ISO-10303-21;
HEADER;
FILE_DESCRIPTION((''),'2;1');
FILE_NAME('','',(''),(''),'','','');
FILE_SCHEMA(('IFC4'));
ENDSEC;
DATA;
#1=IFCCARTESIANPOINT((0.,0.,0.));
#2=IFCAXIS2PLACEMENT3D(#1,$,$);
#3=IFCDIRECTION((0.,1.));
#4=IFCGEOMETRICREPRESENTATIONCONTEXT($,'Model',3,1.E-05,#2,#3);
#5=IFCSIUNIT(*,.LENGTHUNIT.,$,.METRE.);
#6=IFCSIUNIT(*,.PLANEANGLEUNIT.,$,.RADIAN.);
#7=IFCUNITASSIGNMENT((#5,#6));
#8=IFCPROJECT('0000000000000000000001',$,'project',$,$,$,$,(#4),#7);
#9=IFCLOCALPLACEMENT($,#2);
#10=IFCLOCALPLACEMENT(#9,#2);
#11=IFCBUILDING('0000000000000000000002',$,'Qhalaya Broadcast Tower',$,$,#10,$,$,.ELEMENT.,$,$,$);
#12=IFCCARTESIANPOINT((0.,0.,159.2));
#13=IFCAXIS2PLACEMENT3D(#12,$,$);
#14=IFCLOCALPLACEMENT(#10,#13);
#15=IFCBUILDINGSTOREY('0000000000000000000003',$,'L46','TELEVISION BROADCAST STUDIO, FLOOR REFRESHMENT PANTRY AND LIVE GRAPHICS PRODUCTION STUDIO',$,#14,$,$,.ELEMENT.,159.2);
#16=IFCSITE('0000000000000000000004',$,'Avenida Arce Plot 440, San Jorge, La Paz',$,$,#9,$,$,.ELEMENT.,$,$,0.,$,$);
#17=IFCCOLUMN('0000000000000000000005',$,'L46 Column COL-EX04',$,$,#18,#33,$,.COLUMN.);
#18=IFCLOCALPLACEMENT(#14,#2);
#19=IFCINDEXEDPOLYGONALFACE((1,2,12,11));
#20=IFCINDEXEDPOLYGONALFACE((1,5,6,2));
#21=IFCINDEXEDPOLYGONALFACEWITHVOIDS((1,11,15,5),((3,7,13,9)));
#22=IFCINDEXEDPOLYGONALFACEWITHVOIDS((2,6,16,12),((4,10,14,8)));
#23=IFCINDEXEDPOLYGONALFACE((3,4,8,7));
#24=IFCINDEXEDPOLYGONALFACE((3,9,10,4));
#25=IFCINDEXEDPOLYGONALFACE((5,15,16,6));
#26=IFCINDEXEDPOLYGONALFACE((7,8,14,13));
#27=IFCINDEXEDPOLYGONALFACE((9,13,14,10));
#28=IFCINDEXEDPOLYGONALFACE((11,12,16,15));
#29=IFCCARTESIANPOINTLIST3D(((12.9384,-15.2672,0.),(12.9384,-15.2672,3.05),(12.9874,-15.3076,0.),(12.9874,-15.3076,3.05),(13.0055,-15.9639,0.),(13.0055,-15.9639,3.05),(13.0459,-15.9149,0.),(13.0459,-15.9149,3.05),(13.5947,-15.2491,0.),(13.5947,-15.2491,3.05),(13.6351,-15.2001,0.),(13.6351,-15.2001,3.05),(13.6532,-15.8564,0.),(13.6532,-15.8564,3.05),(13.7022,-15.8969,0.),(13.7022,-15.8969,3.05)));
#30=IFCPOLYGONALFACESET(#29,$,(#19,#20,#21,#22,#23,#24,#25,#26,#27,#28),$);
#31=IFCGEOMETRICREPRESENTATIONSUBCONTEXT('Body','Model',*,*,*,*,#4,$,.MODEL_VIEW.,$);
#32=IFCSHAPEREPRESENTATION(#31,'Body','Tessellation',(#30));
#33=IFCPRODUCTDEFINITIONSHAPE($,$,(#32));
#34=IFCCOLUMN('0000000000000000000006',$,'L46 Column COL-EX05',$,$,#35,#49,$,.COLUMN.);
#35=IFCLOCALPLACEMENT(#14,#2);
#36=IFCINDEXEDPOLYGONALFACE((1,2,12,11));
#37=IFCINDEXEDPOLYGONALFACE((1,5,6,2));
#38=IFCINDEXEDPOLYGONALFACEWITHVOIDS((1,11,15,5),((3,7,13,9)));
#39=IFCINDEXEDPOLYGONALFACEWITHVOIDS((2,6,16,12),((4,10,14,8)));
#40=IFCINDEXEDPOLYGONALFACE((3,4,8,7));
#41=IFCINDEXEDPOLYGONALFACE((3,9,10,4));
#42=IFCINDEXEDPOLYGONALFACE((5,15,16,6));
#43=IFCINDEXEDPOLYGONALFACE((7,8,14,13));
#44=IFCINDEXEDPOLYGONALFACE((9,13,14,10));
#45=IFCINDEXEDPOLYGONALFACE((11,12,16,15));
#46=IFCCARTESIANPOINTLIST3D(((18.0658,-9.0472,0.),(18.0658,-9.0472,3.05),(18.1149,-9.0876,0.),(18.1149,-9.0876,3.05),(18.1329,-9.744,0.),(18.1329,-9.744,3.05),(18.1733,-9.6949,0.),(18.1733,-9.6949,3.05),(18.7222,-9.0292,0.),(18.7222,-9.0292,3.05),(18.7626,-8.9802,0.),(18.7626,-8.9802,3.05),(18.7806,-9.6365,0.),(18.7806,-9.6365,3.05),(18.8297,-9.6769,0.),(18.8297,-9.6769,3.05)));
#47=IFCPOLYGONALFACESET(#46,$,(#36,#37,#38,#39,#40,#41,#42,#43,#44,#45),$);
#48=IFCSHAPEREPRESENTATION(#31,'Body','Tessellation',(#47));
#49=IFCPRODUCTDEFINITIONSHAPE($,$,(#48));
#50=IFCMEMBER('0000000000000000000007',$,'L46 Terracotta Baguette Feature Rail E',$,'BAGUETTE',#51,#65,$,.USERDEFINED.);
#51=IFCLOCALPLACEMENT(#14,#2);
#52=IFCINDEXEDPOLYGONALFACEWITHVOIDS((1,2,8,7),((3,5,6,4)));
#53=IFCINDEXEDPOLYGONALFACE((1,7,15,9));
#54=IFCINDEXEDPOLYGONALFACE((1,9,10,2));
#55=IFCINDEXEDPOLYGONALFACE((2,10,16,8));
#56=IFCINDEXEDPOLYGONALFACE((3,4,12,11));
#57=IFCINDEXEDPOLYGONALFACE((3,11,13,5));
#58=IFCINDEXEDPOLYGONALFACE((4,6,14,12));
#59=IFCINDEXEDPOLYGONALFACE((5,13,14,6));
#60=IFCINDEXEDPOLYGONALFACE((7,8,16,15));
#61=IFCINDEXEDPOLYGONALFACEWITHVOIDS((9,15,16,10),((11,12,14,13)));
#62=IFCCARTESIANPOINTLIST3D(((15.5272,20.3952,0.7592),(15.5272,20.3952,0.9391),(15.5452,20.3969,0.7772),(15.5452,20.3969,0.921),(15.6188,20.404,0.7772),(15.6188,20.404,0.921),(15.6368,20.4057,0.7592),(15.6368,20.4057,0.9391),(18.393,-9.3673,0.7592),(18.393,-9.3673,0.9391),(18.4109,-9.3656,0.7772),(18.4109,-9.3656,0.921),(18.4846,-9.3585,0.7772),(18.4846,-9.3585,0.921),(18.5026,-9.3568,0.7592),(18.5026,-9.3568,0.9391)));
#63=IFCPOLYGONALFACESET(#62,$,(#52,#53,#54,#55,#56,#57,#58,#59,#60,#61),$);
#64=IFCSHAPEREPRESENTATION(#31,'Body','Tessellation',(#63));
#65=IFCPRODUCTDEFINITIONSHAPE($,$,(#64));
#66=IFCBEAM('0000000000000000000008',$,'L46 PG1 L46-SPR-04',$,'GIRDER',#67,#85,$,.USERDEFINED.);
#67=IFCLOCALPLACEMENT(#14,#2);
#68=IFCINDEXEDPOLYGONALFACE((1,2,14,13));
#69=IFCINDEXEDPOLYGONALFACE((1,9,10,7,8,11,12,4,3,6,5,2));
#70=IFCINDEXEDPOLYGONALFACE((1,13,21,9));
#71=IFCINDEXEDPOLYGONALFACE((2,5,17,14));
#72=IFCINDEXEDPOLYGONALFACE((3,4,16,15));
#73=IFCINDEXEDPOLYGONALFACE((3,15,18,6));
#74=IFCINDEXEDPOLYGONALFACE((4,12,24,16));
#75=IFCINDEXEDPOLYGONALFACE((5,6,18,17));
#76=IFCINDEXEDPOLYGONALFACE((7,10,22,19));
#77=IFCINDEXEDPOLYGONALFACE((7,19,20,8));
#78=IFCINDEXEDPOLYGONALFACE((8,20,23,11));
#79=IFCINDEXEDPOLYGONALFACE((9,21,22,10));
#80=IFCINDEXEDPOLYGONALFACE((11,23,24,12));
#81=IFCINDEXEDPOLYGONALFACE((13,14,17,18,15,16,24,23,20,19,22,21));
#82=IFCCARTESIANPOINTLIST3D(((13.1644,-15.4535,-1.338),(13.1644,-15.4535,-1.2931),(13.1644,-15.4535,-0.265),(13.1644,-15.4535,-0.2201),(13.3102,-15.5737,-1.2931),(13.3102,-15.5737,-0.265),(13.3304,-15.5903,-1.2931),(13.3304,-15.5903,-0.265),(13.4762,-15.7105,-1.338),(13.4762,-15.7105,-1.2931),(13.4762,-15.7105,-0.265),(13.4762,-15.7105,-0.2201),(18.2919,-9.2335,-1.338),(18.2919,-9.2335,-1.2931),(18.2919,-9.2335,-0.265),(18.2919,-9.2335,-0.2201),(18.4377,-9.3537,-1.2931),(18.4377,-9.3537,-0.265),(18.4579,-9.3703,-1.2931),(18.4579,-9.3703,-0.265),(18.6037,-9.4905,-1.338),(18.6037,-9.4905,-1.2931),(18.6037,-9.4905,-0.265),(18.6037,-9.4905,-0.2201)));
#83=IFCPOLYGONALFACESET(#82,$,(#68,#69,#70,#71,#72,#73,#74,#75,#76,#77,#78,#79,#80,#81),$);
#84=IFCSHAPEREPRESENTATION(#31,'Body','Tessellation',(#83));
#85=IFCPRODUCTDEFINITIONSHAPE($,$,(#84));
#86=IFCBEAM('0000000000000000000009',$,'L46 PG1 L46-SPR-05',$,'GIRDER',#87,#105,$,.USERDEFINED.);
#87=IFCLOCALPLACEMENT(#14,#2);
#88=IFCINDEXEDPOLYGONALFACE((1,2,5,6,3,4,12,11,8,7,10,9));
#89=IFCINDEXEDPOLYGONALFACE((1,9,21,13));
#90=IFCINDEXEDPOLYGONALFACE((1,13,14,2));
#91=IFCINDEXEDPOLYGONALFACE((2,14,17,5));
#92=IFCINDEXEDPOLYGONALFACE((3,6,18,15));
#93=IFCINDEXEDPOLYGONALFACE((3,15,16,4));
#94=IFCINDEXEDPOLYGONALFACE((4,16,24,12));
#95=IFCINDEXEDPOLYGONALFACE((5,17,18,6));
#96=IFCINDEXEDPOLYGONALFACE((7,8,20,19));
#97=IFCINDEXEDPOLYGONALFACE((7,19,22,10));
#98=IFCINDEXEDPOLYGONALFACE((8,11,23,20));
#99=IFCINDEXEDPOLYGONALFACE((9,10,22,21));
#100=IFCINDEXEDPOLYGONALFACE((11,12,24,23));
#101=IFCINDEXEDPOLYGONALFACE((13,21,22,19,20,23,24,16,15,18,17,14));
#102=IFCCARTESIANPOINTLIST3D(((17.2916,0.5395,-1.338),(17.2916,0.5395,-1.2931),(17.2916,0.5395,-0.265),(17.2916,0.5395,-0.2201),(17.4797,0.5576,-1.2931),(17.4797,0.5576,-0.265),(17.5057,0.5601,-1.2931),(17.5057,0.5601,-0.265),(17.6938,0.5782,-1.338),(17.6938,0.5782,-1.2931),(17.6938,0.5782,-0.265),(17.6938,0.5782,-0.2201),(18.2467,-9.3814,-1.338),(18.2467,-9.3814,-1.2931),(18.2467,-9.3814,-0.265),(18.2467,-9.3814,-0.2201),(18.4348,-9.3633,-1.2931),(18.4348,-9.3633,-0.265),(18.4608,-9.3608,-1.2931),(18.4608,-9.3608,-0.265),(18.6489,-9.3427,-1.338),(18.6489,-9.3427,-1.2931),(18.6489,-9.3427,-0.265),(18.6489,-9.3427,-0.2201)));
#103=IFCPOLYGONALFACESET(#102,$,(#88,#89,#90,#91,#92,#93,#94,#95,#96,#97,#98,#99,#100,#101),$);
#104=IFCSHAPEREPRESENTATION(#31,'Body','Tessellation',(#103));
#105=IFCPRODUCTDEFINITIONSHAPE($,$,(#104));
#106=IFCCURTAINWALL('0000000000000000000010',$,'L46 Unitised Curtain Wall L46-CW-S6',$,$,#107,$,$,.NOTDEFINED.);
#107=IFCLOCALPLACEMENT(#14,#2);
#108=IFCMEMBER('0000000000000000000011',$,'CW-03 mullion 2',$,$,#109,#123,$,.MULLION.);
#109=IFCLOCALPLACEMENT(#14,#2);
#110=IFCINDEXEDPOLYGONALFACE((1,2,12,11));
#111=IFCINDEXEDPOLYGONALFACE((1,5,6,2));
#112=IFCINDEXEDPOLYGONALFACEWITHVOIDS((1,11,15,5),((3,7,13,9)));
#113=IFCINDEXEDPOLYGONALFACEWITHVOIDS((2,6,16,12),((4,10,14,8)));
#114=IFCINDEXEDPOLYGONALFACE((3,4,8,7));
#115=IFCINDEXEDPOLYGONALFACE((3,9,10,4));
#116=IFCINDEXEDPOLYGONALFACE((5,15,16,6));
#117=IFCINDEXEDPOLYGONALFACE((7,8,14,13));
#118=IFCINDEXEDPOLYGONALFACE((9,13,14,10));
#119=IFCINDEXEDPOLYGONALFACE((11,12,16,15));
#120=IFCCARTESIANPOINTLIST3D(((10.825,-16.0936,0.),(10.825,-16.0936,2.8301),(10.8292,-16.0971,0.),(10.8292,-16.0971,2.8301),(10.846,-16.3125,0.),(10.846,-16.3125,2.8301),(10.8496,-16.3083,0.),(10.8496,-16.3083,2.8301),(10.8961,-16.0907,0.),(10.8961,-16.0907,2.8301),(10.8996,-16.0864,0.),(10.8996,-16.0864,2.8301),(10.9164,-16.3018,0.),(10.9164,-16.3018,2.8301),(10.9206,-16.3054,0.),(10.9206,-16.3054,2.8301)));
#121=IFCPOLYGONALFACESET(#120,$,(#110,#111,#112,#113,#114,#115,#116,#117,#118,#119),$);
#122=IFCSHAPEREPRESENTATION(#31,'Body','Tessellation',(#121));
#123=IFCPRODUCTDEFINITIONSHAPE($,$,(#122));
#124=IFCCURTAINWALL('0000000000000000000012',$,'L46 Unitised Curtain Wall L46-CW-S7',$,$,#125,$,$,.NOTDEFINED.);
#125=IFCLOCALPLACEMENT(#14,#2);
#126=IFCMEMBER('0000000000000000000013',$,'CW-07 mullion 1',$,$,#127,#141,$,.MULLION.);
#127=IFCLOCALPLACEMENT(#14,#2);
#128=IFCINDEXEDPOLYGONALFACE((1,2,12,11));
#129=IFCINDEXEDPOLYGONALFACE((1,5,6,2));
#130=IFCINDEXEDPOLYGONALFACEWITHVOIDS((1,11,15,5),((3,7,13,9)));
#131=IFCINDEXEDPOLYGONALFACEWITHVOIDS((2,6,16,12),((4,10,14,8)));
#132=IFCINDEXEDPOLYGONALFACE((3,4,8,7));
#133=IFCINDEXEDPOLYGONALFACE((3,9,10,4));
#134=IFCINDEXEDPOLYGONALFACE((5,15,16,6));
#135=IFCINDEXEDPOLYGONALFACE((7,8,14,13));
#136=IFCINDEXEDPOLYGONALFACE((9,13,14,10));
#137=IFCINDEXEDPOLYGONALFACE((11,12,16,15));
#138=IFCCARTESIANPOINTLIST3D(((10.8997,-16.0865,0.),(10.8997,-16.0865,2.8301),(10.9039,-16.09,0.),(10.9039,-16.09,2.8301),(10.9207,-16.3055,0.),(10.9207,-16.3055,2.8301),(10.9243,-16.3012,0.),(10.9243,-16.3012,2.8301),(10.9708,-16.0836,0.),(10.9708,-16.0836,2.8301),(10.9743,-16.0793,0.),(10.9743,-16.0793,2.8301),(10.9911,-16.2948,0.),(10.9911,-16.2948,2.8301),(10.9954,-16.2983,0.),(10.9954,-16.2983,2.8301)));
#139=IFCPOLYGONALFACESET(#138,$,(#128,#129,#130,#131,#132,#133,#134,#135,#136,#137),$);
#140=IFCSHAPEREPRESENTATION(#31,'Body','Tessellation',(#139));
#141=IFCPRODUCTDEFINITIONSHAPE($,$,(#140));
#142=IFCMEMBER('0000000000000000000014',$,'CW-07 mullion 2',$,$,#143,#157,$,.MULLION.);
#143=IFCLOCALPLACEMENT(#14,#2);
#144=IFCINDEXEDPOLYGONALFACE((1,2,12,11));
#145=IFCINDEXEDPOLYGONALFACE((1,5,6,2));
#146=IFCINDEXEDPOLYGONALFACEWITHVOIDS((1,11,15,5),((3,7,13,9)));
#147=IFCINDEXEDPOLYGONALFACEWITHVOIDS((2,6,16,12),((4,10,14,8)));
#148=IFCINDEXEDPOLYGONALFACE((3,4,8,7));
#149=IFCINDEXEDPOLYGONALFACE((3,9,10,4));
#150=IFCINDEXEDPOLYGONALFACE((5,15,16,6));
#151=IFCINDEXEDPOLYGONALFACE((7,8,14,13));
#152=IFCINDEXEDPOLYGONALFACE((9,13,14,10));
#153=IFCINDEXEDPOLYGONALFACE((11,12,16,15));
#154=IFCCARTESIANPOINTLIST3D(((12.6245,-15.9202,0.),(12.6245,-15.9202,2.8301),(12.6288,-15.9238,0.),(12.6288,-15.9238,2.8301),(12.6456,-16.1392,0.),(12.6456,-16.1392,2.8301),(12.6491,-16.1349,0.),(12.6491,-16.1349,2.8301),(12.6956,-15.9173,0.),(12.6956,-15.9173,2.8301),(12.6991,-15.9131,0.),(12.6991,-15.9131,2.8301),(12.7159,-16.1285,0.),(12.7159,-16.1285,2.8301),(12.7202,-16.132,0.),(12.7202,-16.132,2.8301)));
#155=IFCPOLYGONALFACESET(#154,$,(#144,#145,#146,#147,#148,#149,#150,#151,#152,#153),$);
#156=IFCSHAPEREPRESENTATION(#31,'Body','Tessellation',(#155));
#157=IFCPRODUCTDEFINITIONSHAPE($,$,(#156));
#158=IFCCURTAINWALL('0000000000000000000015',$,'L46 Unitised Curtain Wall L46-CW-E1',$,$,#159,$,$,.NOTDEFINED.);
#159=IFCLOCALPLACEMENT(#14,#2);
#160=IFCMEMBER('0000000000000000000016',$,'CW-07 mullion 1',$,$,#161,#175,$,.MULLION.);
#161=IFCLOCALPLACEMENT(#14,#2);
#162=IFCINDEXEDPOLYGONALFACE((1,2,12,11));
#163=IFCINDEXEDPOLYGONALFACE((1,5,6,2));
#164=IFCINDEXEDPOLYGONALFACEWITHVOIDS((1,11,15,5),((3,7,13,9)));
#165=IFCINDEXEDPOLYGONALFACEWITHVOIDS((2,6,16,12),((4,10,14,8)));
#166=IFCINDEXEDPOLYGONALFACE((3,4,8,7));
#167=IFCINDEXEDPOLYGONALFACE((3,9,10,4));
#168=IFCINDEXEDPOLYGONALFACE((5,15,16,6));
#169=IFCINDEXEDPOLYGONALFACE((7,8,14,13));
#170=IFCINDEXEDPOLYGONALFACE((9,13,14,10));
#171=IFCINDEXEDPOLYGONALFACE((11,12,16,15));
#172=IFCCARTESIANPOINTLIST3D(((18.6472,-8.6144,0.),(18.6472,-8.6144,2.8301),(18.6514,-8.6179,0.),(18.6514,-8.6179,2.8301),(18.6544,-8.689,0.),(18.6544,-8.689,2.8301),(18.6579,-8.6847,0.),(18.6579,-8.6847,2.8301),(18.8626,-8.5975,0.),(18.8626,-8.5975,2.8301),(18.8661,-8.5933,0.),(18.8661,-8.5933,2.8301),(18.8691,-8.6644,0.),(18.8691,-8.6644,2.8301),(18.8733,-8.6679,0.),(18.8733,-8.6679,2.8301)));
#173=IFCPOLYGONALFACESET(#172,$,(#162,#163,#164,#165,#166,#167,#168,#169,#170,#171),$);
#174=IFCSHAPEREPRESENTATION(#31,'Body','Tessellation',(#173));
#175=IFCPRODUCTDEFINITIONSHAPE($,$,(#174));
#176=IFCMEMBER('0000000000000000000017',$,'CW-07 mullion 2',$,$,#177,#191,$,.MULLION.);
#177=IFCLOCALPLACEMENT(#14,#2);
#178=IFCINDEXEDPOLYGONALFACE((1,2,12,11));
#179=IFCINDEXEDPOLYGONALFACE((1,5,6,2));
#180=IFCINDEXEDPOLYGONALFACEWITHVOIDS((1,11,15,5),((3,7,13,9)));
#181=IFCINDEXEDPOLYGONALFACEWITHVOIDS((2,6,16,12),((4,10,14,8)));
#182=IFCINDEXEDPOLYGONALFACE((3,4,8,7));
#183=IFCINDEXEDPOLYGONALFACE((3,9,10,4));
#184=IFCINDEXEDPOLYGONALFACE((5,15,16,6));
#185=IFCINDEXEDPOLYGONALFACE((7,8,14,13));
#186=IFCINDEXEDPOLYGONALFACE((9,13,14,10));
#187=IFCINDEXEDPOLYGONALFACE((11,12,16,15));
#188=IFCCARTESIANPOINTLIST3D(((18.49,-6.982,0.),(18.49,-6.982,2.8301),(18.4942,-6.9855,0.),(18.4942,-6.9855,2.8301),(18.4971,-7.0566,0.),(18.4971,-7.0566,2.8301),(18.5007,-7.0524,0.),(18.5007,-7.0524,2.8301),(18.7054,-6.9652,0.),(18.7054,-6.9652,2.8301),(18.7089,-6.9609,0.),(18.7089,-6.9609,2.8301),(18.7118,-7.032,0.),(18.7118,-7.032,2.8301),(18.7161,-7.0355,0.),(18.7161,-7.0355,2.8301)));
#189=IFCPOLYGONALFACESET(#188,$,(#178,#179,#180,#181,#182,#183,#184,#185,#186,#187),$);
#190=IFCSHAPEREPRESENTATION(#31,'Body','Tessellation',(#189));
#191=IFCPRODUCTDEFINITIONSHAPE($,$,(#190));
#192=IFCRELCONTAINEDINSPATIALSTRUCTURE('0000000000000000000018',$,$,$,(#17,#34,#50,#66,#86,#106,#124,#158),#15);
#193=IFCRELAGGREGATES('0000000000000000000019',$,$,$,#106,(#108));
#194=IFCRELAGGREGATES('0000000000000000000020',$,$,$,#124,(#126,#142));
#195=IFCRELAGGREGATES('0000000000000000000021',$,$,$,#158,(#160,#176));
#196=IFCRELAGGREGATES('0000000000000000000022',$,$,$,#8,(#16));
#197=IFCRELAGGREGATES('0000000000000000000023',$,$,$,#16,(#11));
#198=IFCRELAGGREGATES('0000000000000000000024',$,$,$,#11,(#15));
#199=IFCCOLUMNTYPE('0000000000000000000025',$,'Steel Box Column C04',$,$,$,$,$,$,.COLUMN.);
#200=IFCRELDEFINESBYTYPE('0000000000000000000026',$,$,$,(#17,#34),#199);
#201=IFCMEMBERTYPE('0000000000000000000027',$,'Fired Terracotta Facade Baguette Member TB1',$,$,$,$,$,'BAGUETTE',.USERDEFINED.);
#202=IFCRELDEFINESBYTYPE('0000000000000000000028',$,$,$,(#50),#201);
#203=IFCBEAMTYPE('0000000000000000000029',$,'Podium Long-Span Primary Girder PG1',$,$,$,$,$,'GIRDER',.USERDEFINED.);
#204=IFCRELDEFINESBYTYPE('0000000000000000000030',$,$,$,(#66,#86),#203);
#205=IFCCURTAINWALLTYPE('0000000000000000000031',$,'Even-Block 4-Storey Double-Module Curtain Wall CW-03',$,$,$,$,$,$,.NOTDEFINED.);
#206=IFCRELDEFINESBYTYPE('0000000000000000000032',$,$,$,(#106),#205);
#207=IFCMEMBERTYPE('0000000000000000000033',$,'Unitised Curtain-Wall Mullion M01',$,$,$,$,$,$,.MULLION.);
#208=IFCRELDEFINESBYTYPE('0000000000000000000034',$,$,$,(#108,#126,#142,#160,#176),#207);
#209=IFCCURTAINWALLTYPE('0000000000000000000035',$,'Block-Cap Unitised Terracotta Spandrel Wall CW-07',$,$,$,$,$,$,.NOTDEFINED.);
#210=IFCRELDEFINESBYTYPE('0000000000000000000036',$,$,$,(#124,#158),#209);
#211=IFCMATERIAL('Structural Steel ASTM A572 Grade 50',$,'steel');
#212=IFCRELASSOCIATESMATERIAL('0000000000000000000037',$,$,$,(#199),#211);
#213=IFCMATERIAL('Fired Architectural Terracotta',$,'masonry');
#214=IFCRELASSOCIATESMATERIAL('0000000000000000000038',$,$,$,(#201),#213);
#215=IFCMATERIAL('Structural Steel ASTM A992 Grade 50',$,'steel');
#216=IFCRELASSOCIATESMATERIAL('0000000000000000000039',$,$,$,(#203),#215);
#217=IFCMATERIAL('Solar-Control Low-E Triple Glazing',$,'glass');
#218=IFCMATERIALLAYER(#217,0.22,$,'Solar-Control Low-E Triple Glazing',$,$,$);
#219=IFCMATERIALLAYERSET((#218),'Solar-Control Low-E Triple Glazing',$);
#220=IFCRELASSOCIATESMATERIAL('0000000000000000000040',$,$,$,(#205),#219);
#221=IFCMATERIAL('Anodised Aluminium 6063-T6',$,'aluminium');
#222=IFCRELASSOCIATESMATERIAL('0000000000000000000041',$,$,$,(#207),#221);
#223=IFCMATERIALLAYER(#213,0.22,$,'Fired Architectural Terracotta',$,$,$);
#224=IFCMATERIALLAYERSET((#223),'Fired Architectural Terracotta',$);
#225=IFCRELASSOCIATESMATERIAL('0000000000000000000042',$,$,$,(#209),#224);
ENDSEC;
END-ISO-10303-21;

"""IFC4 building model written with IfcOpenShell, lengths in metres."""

from ifc_helpers import new_model, si_unit, direction, frame, origin, origin_2d, place, context, subcontext, project, spatial, hollow_rectangle, i_section, extrude, material, layer, layer_set, material_profile, profile_set, type_object, element, aggregate, save


model = new_model("IFC4")

# Units and contexts
model_context = context("Model", 3, precision=1e-05, world=origin(), true_north=direction((0.0, 1.0)))
body_context = subcontext(model_context, "Body", "Model", "MODEL_VIEW")
ifc_project = project(units=[si_unit("LENGTHUNIT", "METRE"), si_unit("PLANEANGLEUNIT", "RADIAN")], contexts=[model_context])

# Site, building, storey
site_placement = place(None, origin())
site = spatial("IfcSite", under=ifc_project, at=site_placement, Name="Avenida Arce Plot 440, San Jorge, La Paz", CompositionType="ELEMENT", RefElevation=0.0)
building_placement = place(site_placement, origin())
building = spatial("IfcBuilding", under=site, at=building_placement, Name="Qhalaya Broadcast Tower", CompositionType="ELEMENT")
storey_placement = place(building_placement, frame((0.0, 0.0, 159.2)))
storey = spatial("IfcBuildingStorey", under=building, at=storey_placement, Name="L46", Description="TELEVISION BROADCAST STUDIO, FLOOR REFRESHMENT PANTRY AND LIVE GRAPHICS PRODUCTION STUDIO", CompositionType="ELEMENT", Elevation=159.2)

# Columns
ifc_material_1 = material(Name="Structural Steel ASTM A572 Grade 50", Category="steel")
ifc_material_profile_1 = material_profile(ifc_material_1, hollow_rectangle(XDim=0.7, YDim=0.7, WallThickness=0.0449, at=origin_2d()), Name="BOX 700x700x45")
ifc_profile_set_1 = profile_set([ifc_material_profile_1], Name="Structural Steel ASTM A572 Grade 50")
column_type = type_object("IfcColumnType", Name="Steel Box Column C04", PredefinedType="COLUMN", material=ifc_profile_set_1)
for number, where, z_axis, x_axis, name in (
    (1, (13.3203, -15.582, 0.0), (0.0, 0.0, 1.0), (0.995396, 0.095846, 0.0), "L46 Column COL-EX04"),
    (2, (18.4478, -9.3621, 0.0), (0.0, 0.0, 1.0), (-0.095846, 0.995396, 0.0), "L46 Column COL-EX05"),
):
    element("IfcColumn", number, at=place(storey_placement, frame(where, z_axis=z_axis, x_axis=x_axis)), inside=storey, type_object=column_type, Name=name, PredefinedType="COLUMN", context=body_context, shape_type="SweptSolid", body=[
        extrude(hollow_rectangle(XDim=0.7, YDim=0.7, WallThickness=0.0449, at=origin_2d()), origin(), (0.0, 0.0, 1.0), 3.05),
    ])

# Member
ifc_material_2 = material(Name="Fired Architectural Terracotta", Category="masonry")
ifc_material_profile_2 = material_profile(ifc_material_2, hollow_rectangle(XDim=0.1101, YDim=0.1799, WallThickness=0.0181, at=origin_2d()), Name="TB-BAG 110x180x18")
ifc_profile_set_2 = profile_set([ifc_material_profile_2], Name="Fired Architectural Terracotta")
member_type_1 = type_object("IfcMemberType", Name="Fired Terracotta Facade Baguette Member TB1", ElementType="BAGUETTE", PredefinedType="USERDEFINED", material=ifc_profile_set_2)
member_1_placement = place(storey_placement, frame((18.4478, -9.3621, 0.8491), z_axis=(-0.095843, 0.995396, 0.0), x_axis=(-0.995396, -0.095843, 0.0)))
element("IfcMember", 3, at=member_1_placement, inside=storey, type_object=member_type_1, Name="L46 Terracotta Baguette Feature Rail E", ObjectType="BAGUETTE", PredefinedType="USERDEFINED", context=body_context, shape_type="SweptSolid", body=[
    extrude(hollow_rectangle(XDim=0.1101, YDim=0.1799, WallThickness=0.0181, at=origin_2d()), origin(), (0.0, 0.0, 1.0), 29.9001),
])

# Beams
ifc_material_3 = material(Name="Structural Steel ASTM A992 Grade 50", Category="steel")
ifc_material_profile_3 = material_profile(ifc_material_3, i_section(OverallWidth=0.4041, OverallDepth=1.1179, WebThickness=0.0261, FlangeThickness=0.0449, at=origin_2d()), Name="W44X335")
ifc_profile_set_3 = profile_set([ifc_material_profile_3], Name="Structural Steel ASTM A992 Grade 50")
beam_type = type_object("IfcBeamType", Name="Podium Long-Span Primary Girder PG1", ElementType="GIRDER", PredefinedType="USERDEFINED", material=ifc_profile_set_3)
beam_1_placement = place(storey_placement, frame((13.3203, -15.582, -0.7791), z_axis=(0.636085, 0.771619, 0.0), x_axis=(-0.771619, 0.636085, 0.0)))
element("IfcBeam", 4, at=beam_1_placement, inside=storey, type_object=beam_type, Name="L46 PG1 L46-SPR-04", ObjectType="GIRDER", PredefinedType="USERDEFINED", context=body_context, shape_type="SweptSolid", body=[
    extrude(i_section(OverallWidth=0.4041, OverallDepth=1.1179, WebThickness=0.0261, FlangeThickness=0.0449, at=origin_2d()), origin(), (0.0, 0.0, 1.0), 8.061),
])
beam_2_placement = place(storey_placement, frame((18.4478, -9.3621, -0.7791), z_axis=(-0.095826, 0.995398, 0.0), x_axis=(-0.995398, -0.095826, 0.0)))
element("IfcBeam", 5, at=beam_2_placement, inside=storey, type_object=beam_type, Name="L46 PG1 L46-SPR-05", ObjectType="GIRDER", PredefinedType="USERDEFINED", context=body_context, shape_type="SweptSolid", body=[
    extrude(i_section(OverallWidth=0.4041, OverallDepth=1.1179, WebThickness=0.0261, FlangeThickness=0.0449, at=origin_2d()), origin(), (0.0, 0.0, 1.0), 9.9668),
])

# Curtain wall, member
ifc_material_4 = material(Name="Solar-Control Low-E Triple Glazing", Category="glass")
ifc_layer_1 = layer(ifc_material_4, 0.22, Name="Solar-Control Low-E Triple Glazing")
ifc_layer_set_1 = layer_set([ifc_layer_1], Name="Solar-Control Low-E Triple Glazing")
curtain_wall_type_1 = type_object("IfcCurtainWallType", Name="Even-Block 4-Storey Double-Module Curtain Wall CW-03", PredefinedType="NOTDEFINED", material=ifc_layer_set_1)
curtain_wall_1_placement = place(storey_placement, origin())
curtain_wall_1 = element("IfcCurtainWall", 6, at=curtain_wall_1_placement, inside=storey, type_object=curtain_wall_type_1, Name="L46 Unitised Curtain Wall L46-CW-S6", PredefinedType="NOTDEFINED")
ifc_material_5 = material(Name="Anodised Aluminium 6063-T6", Category="aluminium")
ifc_material_profile_4 = material_profile(ifc_material_5, hollow_rectangle(XDim=0.075, YDim=0.22, WallThickness=0.0039, at=origin_2d()), Name="ALU-MUL 75x220x4")
ifc_profile_set_4 = profile_set([ifc_material_profile_4], Name="Anodised Aluminium 6063-T6")
member_type_2 = type_object("IfcMemberType", Name="Unitised Curtain-Wall Mullion M01", PredefinedType="MULLION", material=ifc_profile_set_4)
member_2_placement = place(storey_placement, frame((10.8728, -16.1995, 0.0), z_axis=(0.0, 0.0, 1.0), x_axis=(0.995397, 0.095834, 0.0)))
member_2 = element("IfcMember", 7, at=member_2_placement, type_object=member_type_2, Name="CW-03 mullion 2", PredefinedType="MULLION", context=body_context, shape_type="SweptSolid", body=[
    extrude(hollow_rectangle(XDim=0.075, YDim=0.22, WallThickness=0.0039, at=origin_2d()), origin(), (0.0, 0.0, 1.0), 2.8301),
])
aggregate(curtain_wall_1, [member_2])

# Curtain walls, members
ifc_layer_2 = layer(ifc_material_2, 0.22, Name="Fired Architectural Terracotta")
ifc_layer_set_2 = layer_set([ifc_layer_2], Name="Fired Architectural Terracotta")
curtain_wall_type_2 = type_object("IfcCurtainWallType", Name="Block-Cap Unitised Terracotta Spandrel Wall CW-07", PredefinedType="NOTDEFINED", material=ifc_layer_set_2)
curtain_wall_2_placement = place(storey_placement, origin())
curtain_wall_2 = element("IfcCurtainWall", 8, at=curtain_wall_2_placement, inside=storey, type_object=curtain_wall_type_2, Name="L46 Unitised Curtain Wall L46-CW-S7", PredefinedType="NOTDEFINED")
member_3_placement = place(storey_placement, frame((10.9475, -16.1924, 0.0), z_axis=(0.0, 0.0, 1.0), x_axis=(0.995395, 0.095856, 0.0)))
member_3 = element("IfcMember", 9, at=member_3_placement, type_object=member_type_2, Name="CW-07 mullion 1", PredefinedType="MULLION", context=body_context, shape_type="SweptSolid", body=[
    extrude(hollow_rectangle(XDim=0.075, YDim=0.22, WallThickness=0.0039, at=origin_2d()), origin(), (0.0, 0.0, 1.0), 2.8301),
])
member_4_placement = place(storey_placement, frame((12.6724, -16.0261, 0.0), z_axis=(0.0, 0.0, 1.0), x_axis=(0.995395, 0.095856, 0.0)))
member_4 = element("IfcMember", 10, at=member_4_placement, type_object=member_type_2, Name="CW-07 mullion 2", PredefinedType="MULLION", context=body_context, shape_type="SweptSolid", body=[
    extrude(hollow_rectangle(XDim=0.075, YDim=0.22, WallThickness=0.0039, at=origin_2d()), origin(), (0.0, 0.0, 1.0), 2.8301),
])
curtain_wall_3_placement = place(storey_placement, origin())
curtain_wall_3 = element("IfcCurtainWall", 11, at=curtain_wall_3_placement, inside=storey, type_object=curtain_wall_type_2, Name="L46 Unitised Curtain Wall L46-CW-E1", PredefinedType="NOTDEFINED")
member_5_placement = place(storey_placement, frame((18.7603, -8.6411, 0.0), z_axis=(0.0, 0.0, 1.0), x_axis=(-0.09586, 0.995395, 0.0)))
member_5 = element("IfcMember", 12, at=member_5_placement, type_object=member_type_2, Name="CW-07 mullion 1", PredefinedType="MULLION", context=body_context, shape_type="SweptSolid", body=[
    extrude(hollow_rectangle(XDim=0.075, YDim=0.22, WallThickness=0.0039, at=origin_2d()), origin(), (0.0, 0.0, 1.0), 2.8301),
])
member_6_placement = place(storey_placement, frame((18.603, -7.0088, 0.0), z_axis=(0.0, 0.0, 1.0), x_axis=(-0.09586, 0.995395, 0.0)))
member_6 = element("IfcMember", 13, at=member_6_placement, type_object=member_type_2, Name="CW-07 mullion 2", PredefinedType="MULLION", context=body_context, shape_type="SweptSolid", body=[
    extrude(hollow_rectangle(XDim=0.075, YDim=0.22, WallThickness=0.0039, at=origin_2d()), origin(), (0.0, 0.0, 1.0), 2.8301),
])

aggregate(curtain_wall_2, [member_3, member_4])
aggregate(curtain_wall_3, [member_5, member_6])

save(model, "model.ifc")
